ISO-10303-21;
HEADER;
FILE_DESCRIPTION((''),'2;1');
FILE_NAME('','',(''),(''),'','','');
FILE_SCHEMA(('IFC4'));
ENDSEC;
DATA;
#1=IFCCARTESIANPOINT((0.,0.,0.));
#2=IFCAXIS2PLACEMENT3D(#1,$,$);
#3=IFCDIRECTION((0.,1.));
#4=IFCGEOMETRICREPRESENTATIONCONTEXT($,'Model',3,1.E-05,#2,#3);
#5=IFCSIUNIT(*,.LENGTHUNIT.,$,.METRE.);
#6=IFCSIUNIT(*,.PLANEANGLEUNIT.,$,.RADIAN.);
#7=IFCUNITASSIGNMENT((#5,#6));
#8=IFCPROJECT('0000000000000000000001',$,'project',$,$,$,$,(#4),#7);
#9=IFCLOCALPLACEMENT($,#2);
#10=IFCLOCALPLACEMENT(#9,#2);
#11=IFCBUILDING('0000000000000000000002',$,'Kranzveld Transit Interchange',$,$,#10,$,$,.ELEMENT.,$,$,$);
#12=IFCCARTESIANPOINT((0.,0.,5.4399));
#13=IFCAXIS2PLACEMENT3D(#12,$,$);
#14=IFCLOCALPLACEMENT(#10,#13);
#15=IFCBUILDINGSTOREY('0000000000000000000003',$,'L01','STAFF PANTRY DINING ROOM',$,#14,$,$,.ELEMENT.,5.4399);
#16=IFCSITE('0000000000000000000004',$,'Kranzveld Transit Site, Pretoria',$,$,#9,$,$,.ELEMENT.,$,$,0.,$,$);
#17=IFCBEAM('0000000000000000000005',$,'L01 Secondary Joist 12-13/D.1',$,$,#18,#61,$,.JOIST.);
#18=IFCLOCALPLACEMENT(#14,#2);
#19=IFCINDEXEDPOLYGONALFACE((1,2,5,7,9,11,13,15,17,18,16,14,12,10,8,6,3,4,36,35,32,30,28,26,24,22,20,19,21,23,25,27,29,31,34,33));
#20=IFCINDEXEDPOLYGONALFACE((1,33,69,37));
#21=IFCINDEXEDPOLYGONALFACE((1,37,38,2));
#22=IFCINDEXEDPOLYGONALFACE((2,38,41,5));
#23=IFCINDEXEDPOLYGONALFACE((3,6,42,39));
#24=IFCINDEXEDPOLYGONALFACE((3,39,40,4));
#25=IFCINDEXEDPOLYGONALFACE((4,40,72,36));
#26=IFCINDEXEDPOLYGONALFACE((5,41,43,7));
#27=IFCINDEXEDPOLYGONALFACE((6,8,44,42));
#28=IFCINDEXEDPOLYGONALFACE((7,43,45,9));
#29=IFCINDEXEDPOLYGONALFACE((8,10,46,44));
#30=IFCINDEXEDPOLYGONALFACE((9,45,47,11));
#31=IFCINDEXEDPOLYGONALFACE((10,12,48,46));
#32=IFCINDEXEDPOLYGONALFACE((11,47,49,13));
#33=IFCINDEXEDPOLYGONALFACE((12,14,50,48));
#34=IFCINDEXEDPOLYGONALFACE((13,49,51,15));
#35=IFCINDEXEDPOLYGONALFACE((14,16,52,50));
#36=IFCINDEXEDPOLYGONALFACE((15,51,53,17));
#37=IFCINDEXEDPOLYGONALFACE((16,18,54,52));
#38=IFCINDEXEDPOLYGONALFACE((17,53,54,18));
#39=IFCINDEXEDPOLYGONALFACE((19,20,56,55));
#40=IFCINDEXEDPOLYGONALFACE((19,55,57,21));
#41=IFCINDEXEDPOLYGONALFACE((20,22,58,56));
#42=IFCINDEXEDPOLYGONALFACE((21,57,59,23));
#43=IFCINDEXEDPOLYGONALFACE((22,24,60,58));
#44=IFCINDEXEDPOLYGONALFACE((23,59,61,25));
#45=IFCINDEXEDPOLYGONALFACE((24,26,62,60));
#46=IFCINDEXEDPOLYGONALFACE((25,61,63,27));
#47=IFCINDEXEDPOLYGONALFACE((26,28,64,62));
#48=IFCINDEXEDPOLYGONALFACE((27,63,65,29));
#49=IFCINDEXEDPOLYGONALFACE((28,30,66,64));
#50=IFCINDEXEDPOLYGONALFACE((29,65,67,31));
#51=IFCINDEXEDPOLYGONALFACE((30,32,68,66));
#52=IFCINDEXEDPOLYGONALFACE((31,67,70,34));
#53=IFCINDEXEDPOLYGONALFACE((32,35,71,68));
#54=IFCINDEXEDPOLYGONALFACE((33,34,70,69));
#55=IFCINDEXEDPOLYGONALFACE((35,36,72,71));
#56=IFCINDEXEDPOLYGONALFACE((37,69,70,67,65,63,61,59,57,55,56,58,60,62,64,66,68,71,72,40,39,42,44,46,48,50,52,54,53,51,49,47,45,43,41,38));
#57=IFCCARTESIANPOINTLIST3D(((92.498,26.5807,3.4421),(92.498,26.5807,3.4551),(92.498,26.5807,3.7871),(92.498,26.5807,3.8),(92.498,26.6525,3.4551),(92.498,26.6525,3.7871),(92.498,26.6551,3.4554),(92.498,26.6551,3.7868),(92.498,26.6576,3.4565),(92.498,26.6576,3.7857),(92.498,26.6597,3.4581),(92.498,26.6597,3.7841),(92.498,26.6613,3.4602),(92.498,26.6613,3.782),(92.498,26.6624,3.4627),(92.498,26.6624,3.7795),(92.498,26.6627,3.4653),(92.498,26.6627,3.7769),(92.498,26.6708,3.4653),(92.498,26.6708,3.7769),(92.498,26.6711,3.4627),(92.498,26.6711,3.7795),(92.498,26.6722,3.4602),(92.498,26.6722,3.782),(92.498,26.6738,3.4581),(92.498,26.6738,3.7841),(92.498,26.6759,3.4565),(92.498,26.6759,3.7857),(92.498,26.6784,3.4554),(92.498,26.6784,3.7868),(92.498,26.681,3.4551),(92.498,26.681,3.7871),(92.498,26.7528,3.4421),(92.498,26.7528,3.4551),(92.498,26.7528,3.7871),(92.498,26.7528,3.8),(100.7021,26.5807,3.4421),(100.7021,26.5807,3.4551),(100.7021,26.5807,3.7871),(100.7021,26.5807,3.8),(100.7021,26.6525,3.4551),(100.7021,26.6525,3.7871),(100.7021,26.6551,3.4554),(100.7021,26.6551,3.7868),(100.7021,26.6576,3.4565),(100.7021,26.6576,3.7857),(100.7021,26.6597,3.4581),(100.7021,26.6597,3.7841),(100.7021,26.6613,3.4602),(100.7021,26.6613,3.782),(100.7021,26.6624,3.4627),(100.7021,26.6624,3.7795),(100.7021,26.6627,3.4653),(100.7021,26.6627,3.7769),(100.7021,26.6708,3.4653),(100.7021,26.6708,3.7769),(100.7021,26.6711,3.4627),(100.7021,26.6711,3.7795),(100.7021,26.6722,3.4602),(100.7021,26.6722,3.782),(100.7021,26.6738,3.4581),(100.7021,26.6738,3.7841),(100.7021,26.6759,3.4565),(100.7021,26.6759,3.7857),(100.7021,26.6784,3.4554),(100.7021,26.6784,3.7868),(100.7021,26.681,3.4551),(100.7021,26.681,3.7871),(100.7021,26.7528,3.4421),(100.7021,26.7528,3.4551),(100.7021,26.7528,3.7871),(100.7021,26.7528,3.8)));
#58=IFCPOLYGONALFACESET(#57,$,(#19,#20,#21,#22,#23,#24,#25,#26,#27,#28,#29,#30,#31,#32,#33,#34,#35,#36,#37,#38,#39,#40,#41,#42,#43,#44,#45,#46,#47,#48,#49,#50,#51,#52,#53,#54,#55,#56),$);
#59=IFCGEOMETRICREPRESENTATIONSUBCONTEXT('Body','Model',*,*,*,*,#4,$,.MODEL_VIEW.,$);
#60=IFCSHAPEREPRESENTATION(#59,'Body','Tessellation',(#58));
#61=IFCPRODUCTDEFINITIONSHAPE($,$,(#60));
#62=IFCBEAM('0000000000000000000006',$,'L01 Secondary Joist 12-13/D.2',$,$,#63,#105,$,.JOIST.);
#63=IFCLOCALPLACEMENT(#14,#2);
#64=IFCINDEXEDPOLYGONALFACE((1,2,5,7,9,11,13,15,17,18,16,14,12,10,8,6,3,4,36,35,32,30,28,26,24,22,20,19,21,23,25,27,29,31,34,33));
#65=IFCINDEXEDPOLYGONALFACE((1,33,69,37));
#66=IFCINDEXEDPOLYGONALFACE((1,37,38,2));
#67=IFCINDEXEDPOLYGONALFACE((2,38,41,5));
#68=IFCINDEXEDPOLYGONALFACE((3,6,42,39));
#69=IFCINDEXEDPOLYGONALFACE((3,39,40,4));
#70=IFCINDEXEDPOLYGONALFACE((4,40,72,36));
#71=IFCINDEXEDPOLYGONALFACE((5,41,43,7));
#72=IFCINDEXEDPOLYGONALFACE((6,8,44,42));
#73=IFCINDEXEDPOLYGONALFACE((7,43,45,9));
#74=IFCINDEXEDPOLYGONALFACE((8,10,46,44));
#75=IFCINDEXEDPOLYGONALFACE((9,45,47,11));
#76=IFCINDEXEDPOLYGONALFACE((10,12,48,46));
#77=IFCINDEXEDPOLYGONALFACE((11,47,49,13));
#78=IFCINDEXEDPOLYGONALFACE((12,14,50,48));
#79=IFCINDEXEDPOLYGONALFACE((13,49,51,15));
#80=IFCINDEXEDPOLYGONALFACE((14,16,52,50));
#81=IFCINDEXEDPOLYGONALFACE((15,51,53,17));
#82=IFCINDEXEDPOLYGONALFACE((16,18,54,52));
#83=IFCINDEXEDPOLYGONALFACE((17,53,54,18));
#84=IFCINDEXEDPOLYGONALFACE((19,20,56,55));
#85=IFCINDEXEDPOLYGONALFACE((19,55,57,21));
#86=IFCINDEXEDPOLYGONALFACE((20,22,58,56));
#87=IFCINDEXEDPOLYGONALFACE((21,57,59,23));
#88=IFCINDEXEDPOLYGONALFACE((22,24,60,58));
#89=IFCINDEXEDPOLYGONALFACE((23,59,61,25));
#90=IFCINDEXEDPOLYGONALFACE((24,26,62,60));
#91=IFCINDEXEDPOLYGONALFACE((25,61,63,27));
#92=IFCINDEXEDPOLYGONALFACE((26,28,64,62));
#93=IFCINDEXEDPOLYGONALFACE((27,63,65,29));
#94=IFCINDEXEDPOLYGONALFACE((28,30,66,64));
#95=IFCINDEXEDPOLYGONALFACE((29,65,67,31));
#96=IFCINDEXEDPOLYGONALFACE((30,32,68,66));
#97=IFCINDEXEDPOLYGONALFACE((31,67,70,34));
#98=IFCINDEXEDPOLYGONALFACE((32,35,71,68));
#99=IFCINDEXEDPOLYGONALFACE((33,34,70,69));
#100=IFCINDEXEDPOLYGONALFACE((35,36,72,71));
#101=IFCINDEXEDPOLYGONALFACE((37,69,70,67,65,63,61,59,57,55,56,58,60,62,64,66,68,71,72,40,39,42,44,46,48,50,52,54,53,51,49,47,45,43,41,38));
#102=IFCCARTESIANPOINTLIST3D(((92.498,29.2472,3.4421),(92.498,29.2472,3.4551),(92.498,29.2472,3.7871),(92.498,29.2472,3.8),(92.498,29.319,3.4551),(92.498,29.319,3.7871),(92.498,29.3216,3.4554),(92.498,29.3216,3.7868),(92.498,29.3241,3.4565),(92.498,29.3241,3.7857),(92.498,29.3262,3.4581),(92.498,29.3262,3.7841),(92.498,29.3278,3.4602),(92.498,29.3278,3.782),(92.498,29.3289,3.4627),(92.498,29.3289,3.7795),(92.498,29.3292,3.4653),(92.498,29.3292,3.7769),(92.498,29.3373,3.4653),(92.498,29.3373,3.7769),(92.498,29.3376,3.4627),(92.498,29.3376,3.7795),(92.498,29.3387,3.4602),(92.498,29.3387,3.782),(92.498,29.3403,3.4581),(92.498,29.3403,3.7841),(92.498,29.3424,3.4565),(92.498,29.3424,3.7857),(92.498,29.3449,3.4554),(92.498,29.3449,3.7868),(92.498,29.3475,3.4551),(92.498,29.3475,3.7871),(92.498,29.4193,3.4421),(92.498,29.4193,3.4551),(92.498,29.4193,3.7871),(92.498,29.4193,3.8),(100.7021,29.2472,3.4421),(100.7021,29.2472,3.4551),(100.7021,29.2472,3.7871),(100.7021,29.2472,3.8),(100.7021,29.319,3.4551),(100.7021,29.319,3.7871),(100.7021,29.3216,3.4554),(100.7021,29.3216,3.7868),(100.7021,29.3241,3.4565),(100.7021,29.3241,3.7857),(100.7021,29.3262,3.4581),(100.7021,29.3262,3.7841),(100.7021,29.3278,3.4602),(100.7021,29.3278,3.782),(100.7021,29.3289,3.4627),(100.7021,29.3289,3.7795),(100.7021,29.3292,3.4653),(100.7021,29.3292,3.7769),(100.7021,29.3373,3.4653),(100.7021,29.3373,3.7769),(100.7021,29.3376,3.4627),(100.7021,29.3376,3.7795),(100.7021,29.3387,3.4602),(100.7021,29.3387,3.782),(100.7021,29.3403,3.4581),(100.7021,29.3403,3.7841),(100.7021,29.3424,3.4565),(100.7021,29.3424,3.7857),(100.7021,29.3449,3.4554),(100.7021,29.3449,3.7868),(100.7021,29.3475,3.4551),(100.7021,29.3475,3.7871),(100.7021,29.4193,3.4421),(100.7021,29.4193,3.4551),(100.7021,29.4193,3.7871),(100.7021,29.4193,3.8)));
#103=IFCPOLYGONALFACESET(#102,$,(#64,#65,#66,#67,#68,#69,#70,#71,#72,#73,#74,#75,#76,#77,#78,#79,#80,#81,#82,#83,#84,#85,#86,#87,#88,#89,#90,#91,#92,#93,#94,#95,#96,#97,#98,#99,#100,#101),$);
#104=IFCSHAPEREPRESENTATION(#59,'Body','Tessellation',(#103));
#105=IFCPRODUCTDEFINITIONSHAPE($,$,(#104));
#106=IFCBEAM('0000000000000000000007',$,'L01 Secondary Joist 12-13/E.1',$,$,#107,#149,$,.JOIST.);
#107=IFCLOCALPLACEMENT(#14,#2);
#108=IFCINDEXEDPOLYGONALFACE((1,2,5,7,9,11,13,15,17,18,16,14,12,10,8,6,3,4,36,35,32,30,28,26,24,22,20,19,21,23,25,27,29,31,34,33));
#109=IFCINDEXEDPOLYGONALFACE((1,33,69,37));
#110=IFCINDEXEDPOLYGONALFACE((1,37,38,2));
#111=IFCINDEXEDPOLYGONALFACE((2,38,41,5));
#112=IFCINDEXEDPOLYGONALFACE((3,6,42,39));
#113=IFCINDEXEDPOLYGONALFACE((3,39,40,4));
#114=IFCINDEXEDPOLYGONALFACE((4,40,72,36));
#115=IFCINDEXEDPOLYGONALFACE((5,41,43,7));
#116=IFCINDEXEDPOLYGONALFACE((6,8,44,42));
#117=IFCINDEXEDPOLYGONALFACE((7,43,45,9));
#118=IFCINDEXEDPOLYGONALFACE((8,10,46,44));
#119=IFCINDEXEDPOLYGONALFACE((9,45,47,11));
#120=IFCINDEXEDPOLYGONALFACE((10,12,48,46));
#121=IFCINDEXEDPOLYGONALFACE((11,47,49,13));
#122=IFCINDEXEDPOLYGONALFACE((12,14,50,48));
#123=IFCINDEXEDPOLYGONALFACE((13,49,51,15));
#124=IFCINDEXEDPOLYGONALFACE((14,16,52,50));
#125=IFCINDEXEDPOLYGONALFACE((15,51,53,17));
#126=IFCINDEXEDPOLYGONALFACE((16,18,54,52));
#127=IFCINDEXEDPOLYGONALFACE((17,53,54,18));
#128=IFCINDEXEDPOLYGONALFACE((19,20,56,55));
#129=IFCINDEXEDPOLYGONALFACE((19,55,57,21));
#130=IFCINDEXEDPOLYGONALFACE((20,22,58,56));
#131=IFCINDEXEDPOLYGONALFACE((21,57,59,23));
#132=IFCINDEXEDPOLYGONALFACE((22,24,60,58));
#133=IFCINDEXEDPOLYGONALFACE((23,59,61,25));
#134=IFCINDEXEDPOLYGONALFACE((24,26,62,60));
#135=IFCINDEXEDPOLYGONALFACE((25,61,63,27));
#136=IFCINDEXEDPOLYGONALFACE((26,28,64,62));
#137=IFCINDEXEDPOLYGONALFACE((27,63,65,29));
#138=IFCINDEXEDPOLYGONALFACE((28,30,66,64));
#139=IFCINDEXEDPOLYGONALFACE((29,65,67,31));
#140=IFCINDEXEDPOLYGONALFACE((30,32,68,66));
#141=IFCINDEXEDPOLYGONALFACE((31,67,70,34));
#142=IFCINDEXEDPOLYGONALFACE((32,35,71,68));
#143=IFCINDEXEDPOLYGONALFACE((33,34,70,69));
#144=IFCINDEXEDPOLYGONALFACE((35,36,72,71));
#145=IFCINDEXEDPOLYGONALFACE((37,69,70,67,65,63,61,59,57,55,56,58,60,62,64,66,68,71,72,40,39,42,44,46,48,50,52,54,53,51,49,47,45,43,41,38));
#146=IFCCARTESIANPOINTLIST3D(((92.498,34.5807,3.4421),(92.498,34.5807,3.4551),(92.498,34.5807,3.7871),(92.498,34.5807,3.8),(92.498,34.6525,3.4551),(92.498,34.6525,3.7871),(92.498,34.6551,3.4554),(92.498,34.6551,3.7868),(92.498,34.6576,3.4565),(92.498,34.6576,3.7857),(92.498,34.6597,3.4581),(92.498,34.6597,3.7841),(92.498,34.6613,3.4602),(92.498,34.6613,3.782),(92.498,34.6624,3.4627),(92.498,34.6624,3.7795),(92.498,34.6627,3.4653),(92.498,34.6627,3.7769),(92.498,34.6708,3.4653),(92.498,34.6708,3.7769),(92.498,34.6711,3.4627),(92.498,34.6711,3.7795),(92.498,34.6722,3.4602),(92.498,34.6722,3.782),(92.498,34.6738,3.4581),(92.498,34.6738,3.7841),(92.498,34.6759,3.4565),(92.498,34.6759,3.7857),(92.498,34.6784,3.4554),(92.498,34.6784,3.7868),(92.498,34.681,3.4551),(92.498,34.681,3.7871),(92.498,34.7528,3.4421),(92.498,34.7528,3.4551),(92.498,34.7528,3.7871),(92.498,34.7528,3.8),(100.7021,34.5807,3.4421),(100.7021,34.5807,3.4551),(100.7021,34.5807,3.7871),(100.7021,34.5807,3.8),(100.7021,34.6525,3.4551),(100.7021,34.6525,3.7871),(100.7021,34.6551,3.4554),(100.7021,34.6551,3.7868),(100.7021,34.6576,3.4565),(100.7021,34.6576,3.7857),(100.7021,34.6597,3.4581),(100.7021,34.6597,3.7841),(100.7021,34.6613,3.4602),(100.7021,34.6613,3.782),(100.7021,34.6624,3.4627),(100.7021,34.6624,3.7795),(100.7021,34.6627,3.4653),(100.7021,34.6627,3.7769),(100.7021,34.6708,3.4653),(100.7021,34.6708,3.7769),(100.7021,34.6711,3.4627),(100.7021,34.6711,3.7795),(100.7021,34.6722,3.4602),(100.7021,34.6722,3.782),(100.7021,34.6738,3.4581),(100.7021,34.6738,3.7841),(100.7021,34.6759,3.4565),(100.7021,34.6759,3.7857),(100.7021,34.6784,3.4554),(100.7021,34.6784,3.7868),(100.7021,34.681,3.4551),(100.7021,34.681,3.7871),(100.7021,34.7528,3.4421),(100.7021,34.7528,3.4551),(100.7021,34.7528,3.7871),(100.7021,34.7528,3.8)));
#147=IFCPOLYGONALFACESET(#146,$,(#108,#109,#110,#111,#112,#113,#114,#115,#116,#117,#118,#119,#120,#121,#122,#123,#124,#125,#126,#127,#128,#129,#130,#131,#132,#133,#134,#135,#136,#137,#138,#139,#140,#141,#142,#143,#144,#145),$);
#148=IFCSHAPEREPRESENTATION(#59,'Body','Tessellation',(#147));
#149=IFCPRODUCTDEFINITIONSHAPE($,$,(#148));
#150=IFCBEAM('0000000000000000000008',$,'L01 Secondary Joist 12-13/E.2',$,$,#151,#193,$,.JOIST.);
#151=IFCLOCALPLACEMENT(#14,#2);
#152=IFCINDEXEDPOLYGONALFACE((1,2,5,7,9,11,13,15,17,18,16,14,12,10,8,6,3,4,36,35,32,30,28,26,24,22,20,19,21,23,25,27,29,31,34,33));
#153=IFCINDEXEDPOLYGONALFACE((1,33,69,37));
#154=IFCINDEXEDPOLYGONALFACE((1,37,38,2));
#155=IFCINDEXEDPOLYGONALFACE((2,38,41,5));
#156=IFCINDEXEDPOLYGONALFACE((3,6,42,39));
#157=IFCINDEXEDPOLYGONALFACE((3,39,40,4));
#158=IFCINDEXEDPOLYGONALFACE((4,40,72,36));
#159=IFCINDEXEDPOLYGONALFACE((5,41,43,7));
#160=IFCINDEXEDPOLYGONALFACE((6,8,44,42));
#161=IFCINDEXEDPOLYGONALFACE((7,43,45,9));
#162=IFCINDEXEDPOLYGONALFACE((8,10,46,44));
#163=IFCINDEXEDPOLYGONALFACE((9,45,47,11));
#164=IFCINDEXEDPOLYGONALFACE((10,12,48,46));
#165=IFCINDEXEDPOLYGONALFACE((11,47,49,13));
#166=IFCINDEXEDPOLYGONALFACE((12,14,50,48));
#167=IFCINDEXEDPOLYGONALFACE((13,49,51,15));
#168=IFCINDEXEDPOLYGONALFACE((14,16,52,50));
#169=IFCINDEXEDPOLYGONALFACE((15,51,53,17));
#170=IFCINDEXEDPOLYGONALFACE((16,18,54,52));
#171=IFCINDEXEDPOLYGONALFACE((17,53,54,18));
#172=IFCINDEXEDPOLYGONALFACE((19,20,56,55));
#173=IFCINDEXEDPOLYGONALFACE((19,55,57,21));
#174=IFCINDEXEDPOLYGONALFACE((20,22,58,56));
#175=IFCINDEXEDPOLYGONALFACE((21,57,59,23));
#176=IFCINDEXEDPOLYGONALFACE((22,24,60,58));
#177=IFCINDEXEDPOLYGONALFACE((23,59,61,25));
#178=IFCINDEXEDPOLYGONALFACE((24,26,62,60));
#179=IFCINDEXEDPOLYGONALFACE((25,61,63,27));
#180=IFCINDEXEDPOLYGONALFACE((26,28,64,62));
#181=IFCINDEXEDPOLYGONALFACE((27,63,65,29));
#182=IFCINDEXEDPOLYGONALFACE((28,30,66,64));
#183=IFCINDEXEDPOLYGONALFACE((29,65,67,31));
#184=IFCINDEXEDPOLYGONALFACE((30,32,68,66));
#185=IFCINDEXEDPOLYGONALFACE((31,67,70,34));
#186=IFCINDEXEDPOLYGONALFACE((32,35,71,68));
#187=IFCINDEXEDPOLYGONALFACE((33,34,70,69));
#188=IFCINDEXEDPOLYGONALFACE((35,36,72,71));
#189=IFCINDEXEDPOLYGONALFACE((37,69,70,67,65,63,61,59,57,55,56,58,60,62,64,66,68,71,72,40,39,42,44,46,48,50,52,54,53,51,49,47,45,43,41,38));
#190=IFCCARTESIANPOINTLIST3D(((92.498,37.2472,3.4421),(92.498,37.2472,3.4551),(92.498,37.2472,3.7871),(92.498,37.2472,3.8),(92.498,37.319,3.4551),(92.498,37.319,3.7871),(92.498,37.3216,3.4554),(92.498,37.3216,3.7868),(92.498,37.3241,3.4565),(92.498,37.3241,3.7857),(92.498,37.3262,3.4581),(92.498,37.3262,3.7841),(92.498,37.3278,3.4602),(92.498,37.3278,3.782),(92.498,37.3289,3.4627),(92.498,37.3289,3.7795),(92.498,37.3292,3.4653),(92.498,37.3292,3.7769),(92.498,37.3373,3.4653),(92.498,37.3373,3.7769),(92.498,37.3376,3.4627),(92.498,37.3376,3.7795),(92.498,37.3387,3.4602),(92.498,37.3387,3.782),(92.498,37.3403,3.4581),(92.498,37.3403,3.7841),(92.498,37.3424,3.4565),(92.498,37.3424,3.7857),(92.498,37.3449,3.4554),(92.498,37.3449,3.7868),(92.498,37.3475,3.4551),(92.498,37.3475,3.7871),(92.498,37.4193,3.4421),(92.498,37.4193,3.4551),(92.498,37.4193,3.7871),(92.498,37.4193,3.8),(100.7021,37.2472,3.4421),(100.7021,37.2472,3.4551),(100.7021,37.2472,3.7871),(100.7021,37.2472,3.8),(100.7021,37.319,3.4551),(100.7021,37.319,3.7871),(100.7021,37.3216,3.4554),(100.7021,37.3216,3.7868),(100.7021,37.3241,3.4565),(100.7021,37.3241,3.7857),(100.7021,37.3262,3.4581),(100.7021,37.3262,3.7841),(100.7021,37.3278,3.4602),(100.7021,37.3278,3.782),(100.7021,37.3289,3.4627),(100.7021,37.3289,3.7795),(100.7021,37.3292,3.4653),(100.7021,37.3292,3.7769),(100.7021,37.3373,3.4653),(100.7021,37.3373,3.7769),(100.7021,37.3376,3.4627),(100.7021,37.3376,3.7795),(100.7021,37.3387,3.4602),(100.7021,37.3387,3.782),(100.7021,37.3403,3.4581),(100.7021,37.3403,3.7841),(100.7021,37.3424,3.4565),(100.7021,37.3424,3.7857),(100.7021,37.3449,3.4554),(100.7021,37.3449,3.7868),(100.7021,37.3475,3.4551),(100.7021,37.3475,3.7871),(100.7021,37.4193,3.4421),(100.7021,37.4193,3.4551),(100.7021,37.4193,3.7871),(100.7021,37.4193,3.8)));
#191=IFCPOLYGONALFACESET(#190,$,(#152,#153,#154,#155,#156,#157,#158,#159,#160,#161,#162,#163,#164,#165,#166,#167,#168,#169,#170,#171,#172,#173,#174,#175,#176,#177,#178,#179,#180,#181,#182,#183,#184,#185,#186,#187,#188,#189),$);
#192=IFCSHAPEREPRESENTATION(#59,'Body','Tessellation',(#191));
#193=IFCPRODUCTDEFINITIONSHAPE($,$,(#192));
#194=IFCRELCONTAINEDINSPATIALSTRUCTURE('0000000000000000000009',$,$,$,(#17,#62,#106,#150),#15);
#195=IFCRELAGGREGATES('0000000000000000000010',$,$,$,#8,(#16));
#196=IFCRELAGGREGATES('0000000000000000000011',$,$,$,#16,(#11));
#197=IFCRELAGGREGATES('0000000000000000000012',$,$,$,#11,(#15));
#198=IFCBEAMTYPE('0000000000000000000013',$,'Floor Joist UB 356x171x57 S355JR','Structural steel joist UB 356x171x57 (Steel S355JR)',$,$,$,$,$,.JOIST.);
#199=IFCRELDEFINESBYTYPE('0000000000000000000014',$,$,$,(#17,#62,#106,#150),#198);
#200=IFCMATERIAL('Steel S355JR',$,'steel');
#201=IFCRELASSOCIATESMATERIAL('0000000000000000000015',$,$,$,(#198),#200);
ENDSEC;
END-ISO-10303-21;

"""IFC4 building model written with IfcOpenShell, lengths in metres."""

from ifc_helpers import new_model, si_unit, direction, frame, origin, origin_2d, place, context, subcontext, project, spatial, i_section, extrude, material, material_profile, profile_set, type_object, element, save


model = new_model("IFC4")

# Units and contexts
model_context = context("Model", 3, precision=1e-05, world=origin(), true_north=direction((0.0, 1.0)))
body_context = subcontext(model_context, "Body", "Model", "MODEL_VIEW")
ifc_project = project(units=[si_unit("LENGTHUNIT", "METRE"), si_unit("PLANEANGLEUNIT", "RADIAN")], contexts=[model_context])

# Site, building, storey
site_placement = place(None, origin())
site = spatial("IfcSite", under=ifc_project, at=site_placement, Name="Kranzveld Transit Site, Pretoria", CompositionType="ELEMENT", RefElevation=0.0)
building_placement = place(site_placement, origin())
building = spatial("IfcBuilding", under=site, at=building_placement, Name="Kranzveld Transit Interchange", CompositionType="ELEMENT")
storey_placement = place(building_placement, frame((0.0, 0.0, 5.4399)))
storey = spatial("IfcBuildingStorey", under=building, at=storey_placement, Name="L01", Description="STAFF PANTRY DINING ROOM", CompositionType="ELEMENT", Elevation=5.4399)

# Beams
ifc_material_1 = material(Name="Steel S355JR", Category="steel")
ifc_material_profile_1 = material_profile(ifc_material_1, i_section(OverallWidth=0.1721, OverallDepth=0.3579, WebThickness=0.0081, FlangeThickness=0.0129, FilletRadius=0.0103, at=origin_2d()), Name="UB 356x171x57")
ifc_profile_set_1 = profile_set([ifc_material_profile_1], Name="Steel S355JR")
beam_type_1 = type_object("IfcBeamType", Name="Floor Joist UB 356x171x57 S355JR", Description="Structural steel joist UB 356x171x57 (Steel S355JR)", PredefinedType="JOIST", material=ifc_profile_set_1)
for number, where, z_axis, x_axis, name in (
    (1, (92.498, 26.6667, 3.6211), (1.0, 0.0, 0.0), (0.0, 1.0, 0.0), "L01 Secondary Joist 12-13/D.1"),
    (2, (92.498, 29.3333, 3.6211), (1.0, 0.0, 0.0), (0.0, 1.0, 0.0), "L01 Secondary Joist 12-13/D.2"),
    (3, (92.498, 34.6667, 3.6211), (1.0, 0.0, 0.0), (0.0, 1.0, 0.0), "L01 Secondary Joist 12-13/E.1"),
    (4, (92.498, 37.3333, 3.6211), (1.0, 0.0, 0.0), (0.0, 1.0, 0.0), "L01 Secondary Joist 12-13/E.2"),
):
    element("IfcBeam", number, at=place(storey_placement, frame(where, z_axis=z_axis, x_axis=x_axis)), inside=storey, type_object=beam_type_1, Name=name, PredefinedType="JOIST", context=body_context, shape_type="SweptSolid", body=[
        extrude(i_section(OverallWidth=0.1721, OverallDepth=0.3579, WebThickness=0.0081, FlangeThickness=0.0129, FilletRadius=0.0103, at=origin_2d()), origin(), (0.0, 0.0, 1.0), 8.2041),
    ])

save(model, "model.ifc")
